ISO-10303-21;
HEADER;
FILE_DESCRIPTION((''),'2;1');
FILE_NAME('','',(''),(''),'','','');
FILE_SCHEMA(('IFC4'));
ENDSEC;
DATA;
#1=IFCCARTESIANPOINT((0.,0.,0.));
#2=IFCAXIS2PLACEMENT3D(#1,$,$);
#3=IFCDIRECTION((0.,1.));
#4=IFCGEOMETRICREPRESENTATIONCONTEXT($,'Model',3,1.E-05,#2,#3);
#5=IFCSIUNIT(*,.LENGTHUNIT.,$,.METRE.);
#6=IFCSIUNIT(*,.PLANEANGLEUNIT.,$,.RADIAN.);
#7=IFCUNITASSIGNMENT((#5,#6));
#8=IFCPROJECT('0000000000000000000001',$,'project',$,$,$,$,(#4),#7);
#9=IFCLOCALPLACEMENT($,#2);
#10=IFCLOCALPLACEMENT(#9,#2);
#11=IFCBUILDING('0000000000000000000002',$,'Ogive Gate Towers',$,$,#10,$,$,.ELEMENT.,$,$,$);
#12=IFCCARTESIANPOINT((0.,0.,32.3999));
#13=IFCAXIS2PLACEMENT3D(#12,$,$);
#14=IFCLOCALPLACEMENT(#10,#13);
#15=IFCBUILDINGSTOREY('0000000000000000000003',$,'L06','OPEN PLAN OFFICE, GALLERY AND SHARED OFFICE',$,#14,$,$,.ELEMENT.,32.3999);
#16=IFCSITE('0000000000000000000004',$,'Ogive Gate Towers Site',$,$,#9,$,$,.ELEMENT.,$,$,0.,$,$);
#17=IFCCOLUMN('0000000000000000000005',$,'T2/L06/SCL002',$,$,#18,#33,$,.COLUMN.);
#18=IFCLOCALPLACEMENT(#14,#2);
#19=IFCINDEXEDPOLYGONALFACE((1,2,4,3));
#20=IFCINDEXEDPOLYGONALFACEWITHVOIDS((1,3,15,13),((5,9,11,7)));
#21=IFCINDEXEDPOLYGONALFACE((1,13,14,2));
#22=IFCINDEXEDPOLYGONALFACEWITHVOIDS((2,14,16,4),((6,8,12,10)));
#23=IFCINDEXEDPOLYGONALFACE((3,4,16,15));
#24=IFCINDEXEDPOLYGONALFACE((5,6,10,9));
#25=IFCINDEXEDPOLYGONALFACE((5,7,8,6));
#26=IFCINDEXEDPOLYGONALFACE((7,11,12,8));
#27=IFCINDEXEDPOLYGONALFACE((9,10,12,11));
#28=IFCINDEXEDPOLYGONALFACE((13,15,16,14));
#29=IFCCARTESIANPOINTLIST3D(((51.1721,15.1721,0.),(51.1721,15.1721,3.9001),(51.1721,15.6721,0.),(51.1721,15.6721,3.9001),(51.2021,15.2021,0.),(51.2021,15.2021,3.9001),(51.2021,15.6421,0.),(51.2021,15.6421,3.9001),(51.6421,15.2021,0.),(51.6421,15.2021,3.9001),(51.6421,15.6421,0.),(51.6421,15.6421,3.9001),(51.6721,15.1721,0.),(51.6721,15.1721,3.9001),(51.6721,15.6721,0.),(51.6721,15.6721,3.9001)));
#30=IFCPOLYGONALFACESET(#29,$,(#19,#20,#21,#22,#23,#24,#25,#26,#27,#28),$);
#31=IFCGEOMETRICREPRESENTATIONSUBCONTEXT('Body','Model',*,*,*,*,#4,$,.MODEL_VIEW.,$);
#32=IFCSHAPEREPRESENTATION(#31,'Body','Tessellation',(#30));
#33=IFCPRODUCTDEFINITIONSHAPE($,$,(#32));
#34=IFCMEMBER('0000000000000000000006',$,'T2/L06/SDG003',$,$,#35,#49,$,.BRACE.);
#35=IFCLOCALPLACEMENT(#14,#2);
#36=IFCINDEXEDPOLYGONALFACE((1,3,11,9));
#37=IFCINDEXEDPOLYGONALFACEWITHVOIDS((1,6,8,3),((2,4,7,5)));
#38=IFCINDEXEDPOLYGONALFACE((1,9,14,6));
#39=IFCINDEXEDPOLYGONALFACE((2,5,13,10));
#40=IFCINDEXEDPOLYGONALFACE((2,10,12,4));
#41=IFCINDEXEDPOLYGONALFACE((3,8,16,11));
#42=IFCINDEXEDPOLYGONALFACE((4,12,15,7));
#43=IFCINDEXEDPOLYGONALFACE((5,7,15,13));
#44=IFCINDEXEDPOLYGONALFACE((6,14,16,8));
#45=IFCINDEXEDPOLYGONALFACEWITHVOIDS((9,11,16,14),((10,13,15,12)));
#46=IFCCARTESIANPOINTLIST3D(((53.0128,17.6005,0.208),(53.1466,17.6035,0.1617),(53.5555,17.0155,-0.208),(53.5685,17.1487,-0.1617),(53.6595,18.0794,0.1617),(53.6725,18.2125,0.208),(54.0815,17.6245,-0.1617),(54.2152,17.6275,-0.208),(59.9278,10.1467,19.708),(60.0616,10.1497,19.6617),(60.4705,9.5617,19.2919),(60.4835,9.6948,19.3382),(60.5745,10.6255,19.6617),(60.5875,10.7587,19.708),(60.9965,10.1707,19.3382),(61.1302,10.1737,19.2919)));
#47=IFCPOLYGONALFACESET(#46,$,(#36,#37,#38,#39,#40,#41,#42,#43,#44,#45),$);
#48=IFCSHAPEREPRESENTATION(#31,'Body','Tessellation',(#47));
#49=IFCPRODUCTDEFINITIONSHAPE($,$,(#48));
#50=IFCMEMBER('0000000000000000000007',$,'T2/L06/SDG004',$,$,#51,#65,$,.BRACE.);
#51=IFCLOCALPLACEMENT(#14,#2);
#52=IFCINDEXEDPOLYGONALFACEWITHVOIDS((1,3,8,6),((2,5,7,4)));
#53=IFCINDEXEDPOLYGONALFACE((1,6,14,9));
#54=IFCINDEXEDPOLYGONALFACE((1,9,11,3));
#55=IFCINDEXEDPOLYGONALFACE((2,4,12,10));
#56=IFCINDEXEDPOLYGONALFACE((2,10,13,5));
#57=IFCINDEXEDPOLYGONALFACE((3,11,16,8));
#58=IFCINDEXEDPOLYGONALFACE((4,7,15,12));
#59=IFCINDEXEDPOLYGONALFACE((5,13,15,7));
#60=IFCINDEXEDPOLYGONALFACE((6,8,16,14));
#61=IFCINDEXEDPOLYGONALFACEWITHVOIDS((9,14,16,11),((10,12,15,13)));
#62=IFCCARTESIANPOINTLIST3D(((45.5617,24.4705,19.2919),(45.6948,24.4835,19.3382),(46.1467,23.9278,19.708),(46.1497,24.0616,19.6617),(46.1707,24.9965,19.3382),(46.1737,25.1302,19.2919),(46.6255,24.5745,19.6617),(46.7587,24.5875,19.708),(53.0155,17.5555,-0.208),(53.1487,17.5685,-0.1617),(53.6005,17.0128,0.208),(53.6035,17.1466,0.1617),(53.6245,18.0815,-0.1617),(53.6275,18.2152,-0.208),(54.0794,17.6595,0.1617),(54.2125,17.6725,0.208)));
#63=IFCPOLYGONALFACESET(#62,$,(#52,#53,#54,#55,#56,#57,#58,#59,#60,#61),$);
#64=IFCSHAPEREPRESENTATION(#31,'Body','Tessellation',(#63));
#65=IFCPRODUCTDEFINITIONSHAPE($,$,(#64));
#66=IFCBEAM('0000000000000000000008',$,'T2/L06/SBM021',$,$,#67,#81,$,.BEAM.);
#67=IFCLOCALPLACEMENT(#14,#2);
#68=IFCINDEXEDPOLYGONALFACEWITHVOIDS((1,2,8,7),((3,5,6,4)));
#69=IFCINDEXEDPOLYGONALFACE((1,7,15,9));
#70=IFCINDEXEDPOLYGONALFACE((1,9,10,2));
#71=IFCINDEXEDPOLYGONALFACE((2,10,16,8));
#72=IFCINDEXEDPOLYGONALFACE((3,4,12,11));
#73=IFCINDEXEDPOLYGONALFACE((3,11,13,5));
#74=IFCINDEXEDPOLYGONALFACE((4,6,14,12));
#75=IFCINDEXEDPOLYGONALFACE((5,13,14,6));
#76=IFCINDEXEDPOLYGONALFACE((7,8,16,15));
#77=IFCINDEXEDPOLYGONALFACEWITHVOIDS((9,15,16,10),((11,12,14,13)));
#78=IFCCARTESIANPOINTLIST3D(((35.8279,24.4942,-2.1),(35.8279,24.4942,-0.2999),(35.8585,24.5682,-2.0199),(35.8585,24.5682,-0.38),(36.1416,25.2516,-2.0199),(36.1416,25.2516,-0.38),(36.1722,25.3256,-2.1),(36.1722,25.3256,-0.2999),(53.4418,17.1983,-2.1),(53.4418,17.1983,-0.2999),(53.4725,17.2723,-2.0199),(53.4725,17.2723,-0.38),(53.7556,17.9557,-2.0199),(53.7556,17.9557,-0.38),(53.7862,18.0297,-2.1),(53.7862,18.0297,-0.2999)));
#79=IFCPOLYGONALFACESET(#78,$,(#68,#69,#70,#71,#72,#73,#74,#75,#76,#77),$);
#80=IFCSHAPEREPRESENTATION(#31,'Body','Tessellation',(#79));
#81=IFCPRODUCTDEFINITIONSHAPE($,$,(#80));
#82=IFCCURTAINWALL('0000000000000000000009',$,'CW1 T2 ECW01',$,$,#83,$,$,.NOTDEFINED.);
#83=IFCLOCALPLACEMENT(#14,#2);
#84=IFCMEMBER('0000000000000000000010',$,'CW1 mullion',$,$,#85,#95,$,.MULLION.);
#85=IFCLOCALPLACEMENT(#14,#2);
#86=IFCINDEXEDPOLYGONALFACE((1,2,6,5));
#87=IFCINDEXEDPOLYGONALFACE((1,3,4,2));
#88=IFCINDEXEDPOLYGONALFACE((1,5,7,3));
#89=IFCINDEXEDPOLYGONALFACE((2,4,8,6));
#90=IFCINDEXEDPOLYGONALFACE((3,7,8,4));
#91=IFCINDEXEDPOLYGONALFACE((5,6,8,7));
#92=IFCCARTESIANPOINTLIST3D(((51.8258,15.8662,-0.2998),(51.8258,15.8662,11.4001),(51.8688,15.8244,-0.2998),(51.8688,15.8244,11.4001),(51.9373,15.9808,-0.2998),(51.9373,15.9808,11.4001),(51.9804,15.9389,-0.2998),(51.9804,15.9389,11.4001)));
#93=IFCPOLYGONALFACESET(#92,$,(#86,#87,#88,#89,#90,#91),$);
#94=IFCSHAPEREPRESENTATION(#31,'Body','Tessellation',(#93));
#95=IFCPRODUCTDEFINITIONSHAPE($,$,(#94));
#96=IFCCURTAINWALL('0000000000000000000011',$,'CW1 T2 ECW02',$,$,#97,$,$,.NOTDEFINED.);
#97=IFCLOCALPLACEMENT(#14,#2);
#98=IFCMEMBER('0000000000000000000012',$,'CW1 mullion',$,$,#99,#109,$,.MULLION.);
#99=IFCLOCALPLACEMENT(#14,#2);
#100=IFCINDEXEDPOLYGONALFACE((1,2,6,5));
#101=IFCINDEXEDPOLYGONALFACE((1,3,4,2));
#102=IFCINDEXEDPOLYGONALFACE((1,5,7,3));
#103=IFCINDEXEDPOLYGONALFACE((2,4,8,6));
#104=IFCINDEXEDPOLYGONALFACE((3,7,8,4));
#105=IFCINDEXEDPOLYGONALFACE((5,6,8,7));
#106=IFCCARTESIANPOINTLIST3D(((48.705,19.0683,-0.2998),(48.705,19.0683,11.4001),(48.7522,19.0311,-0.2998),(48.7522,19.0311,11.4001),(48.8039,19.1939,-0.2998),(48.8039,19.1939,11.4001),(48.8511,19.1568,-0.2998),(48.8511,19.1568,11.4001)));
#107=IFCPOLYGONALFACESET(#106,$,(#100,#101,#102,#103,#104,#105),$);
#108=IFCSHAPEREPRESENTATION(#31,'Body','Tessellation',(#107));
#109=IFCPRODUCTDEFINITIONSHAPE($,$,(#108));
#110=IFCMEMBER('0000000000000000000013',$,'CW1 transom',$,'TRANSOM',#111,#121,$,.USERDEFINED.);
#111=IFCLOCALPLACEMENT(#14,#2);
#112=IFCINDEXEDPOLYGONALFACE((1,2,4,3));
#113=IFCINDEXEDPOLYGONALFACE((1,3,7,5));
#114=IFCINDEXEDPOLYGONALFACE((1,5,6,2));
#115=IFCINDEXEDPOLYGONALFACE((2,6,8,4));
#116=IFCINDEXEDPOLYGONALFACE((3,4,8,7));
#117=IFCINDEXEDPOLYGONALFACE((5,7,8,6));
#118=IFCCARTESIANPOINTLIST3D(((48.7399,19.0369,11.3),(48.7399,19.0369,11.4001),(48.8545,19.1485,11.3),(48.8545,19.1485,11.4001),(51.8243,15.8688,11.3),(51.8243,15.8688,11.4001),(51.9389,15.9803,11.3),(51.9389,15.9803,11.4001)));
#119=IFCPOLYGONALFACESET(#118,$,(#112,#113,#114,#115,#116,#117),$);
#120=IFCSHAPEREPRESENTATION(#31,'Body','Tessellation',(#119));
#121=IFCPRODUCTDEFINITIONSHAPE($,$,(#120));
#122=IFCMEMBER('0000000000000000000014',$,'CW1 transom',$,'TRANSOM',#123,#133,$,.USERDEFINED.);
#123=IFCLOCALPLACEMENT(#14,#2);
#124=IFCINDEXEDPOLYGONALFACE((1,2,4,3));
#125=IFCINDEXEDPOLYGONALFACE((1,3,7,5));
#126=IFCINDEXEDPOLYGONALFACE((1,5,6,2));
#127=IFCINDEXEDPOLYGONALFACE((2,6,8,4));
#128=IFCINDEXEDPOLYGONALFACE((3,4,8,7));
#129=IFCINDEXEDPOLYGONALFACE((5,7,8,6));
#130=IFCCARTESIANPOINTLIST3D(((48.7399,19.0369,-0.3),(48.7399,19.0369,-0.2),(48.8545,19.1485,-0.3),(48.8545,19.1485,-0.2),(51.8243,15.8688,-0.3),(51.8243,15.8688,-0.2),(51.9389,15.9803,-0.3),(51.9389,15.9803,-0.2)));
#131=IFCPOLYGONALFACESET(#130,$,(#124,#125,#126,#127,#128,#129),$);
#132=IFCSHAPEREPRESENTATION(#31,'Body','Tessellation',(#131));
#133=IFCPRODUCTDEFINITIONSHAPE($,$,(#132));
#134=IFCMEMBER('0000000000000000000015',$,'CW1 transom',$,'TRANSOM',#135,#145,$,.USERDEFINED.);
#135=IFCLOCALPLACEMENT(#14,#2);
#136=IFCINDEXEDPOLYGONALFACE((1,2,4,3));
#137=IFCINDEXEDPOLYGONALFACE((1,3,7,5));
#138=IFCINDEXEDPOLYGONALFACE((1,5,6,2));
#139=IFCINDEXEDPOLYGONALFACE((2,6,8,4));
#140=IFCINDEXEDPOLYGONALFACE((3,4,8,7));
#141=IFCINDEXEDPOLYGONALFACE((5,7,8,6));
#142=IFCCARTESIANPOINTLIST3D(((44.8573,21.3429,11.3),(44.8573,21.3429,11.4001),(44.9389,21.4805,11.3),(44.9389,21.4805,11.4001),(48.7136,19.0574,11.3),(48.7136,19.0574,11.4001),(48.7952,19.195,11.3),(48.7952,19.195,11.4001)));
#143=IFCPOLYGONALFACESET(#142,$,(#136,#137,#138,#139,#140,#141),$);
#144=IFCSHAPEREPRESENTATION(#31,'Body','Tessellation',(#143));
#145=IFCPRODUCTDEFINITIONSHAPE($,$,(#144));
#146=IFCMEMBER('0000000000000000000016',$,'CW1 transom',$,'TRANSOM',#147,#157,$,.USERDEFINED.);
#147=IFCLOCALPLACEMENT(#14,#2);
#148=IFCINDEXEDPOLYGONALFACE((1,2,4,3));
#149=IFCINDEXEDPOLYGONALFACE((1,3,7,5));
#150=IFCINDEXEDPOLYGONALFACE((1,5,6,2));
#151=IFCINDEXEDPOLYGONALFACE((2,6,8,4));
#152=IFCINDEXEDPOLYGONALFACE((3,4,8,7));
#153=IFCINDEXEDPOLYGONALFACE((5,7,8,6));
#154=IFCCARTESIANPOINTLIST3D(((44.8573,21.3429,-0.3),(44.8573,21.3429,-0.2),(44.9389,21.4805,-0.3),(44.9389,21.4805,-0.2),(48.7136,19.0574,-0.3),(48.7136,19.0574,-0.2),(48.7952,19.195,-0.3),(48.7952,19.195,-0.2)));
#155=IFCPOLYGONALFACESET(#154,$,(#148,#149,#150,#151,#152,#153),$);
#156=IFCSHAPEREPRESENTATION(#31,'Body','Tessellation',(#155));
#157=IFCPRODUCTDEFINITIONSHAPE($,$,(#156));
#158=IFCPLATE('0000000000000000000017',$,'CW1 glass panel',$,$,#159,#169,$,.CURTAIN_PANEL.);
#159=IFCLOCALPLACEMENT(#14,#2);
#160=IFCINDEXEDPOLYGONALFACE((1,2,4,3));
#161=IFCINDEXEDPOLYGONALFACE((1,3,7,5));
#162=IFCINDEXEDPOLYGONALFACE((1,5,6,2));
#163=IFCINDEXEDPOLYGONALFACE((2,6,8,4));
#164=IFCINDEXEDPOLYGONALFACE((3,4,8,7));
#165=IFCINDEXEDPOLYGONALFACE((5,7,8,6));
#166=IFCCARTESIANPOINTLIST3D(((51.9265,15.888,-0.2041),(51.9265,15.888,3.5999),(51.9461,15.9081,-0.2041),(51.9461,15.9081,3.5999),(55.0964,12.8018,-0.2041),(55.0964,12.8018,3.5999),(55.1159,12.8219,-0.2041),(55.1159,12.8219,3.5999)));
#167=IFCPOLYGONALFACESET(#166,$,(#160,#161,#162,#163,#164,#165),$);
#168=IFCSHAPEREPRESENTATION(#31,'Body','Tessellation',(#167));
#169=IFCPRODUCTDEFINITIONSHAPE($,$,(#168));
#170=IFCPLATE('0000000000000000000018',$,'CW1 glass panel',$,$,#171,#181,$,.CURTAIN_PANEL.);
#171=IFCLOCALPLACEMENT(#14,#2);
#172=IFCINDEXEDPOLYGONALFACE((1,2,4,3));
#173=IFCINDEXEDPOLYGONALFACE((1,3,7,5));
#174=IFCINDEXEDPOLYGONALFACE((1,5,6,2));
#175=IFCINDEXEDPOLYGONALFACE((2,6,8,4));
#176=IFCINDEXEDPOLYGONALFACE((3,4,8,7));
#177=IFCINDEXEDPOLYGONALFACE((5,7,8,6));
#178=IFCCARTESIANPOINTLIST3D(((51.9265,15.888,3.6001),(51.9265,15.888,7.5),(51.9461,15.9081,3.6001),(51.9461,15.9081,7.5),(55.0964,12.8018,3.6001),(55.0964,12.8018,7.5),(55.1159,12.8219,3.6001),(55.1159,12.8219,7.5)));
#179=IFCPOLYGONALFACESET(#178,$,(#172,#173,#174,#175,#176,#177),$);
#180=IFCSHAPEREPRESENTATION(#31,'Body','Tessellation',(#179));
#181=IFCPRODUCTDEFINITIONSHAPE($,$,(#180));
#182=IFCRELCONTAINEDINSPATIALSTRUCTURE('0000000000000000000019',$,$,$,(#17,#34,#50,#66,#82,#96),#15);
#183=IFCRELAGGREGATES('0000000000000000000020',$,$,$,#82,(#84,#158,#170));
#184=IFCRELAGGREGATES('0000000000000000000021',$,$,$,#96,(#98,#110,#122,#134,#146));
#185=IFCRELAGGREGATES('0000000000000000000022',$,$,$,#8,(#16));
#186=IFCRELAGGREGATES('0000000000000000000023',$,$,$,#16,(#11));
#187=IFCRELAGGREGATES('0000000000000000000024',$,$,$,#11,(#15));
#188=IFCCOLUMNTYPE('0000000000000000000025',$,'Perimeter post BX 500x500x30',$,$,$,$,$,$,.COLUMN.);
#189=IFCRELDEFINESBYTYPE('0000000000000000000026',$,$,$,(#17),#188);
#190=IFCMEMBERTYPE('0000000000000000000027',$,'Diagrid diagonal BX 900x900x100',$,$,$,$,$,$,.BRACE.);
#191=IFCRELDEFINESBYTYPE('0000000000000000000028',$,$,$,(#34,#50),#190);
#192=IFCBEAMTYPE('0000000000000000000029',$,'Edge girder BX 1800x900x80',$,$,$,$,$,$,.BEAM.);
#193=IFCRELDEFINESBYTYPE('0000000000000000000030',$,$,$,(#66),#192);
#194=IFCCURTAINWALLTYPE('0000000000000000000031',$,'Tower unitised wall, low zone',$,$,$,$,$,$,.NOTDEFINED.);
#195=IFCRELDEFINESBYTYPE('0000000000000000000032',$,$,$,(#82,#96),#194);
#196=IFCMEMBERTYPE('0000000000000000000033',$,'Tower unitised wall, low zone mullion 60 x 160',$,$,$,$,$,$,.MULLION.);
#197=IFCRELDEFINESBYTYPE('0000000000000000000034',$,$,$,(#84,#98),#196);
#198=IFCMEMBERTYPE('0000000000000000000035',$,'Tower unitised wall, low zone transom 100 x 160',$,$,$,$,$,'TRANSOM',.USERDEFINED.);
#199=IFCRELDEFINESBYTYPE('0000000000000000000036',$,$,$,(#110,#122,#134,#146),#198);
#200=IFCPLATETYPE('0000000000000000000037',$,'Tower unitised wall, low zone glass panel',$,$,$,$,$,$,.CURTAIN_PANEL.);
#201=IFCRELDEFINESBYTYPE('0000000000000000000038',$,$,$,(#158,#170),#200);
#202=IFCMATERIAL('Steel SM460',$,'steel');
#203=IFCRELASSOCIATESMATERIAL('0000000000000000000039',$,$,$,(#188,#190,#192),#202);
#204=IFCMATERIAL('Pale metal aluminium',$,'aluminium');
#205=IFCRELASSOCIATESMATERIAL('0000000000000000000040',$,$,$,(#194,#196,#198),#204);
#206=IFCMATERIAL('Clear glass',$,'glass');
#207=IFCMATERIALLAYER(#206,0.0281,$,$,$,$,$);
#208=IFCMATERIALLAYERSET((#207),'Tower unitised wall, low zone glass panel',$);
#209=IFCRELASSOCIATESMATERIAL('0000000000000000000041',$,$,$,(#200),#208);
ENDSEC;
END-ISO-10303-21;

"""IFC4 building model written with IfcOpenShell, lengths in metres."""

from ifc_helpers import new_model, si_unit, direction, frame, origin, origin_2d, place, context, subcontext, project, spatial, rectangle, hollow_rectangle, extrude, material, layer, layer_set, material_profile, profile_set, type_object, element, aggregate, save


model = new_model("IFC4")

# Units and contexts
model_context = context("Model", 3, precision=1e-05, world=origin(), true_north=direction((0.0, 1.0)))
body_context = subcontext(model_context, "Body", "Model", "MODEL_VIEW")
ifc_project = project(units=[si_unit("LENGTHUNIT", "METRE"), si_unit("PLANEANGLEUNIT", "RADIAN")], contexts=[model_context])

# Site, building, storey
site_placement = place(None, origin())
site = spatial("IfcSite", under=ifc_project, at=site_placement, Name="Ogive Gate Towers Site", CompositionType="ELEMENT", RefElevation=0.0)
building_placement = place(site_placement, origin())
building = spatial("IfcBuilding", under=site, at=building_placement, Name="Ogive Gate Towers", CompositionType="ELEMENT")
storey_placement = place(building_placement, frame((0.0, 0.0, 32.3999)))
storey = spatial("IfcBuildingStorey", under=building, at=storey_placement, Name="L06", Description="OPEN PLAN OFFICE, GALLERY AND SHARED OFFICE", CompositionType="ELEMENT", Elevation=32.3999)

# Column
ifc_material_1 = material(Name="Steel SM460", Category="steel")
ifc_material_profile_1 = material_profile(ifc_material_1, hollow_rectangle(XDim=0.5, YDim=0.5, WallThickness=0.03, at=origin_2d()), Name="BX 500x500x30")
ifc_profile_set_1 = profile_set([ifc_material_profile_1], Name="Steel SM460")
column_type = type_object("IfcColumnType", Name="Perimeter post BX 500x500x30", PredefinedType="COLUMN", material=ifc_profile_set_1)
column_placement = place(storey_placement, frame((51.4221, 15.4221, 0.0), z_axis=(0.0, 0.0, 1.0), x_axis=(1.0, 0.0, 0.0)))
element("IfcColumn", 1, at=column_placement, inside=storey, type_object=column_type, Name="T2/L06/SCL002", PredefinedType="COLUMN", context=body_context, shape_type="SweptSolid", body=[
    extrude(hollow_rectangle(XDim=0.5, YDim=0.5, WallThickness=0.03, at=origin_2d()), origin(), (0.0, 0.0, 1.0), 3.9001),
])

# Members
ifc_material_profile_2 = material_profile(ifc_material_1, hollow_rectangle(XDim=0.8999, YDim=0.8999, WallThickness=0.1001, at=origin_2d()), Name="BX 900x900x100")
ifc_profile_set_2 = profile_set([ifc_material_profile_2], Name="Steel SM460")
member_type_1 = type_object("IfcMemberType", Name="Diagrid diagonal BX 900x900x100", PredefinedType="BRACE", material=ifc_profile_set_2)
for number, where, z_axis, x_axis, name in (
    (2, (53.614, 17.614, 0.0), (0.314441, -0.338942, 0.886705), (0.733107, 0.680113, 0.0), "T2/L06/SDG003"),
    (3, (53.614, 17.614, 0.0), (-0.338942, 0.314441, 0.886705), (-0.680113, -0.733107, 0.0), "T2/L06/SDG004"),
):
    element("IfcMember", number, at=place(storey_placement, frame(where, z_axis=z_axis, x_axis=x_axis)), inside=storey, type_object=member_type_1, Name=name, PredefinedType="BRACE", context=body_context, shape_type="SweptSolid", body=[
        extrude(hollow_rectangle(XDim=0.8999, YDim=0.8999, WallThickness=0.1001, at=origin_2d()), origin(), (0.0, 0.0, 1.0), 21.9915),
    ])

# Beam
ifc_material_profile_3 = material_profile(ifc_material_1, hollow_rectangle(XDim=0.8999, YDim=1.8, WallThickness=0.0801, at=origin_2d()), Name="BX 1800x900x80")
ifc_profile_set_3 = profile_set([ifc_material_profile_3], Name="Steel SM460")
beam_type = type_object("IfcBeamType", Name="Edge girder BX 1800x900x80", PredefinedType="BEAM", material=ifc_profile_set_3)
beam_placement = place(storey_placement, frame((53.614, 17.614, -1.2), z_axis=(-0.923881, 0.382681, 0.0), x_axis=(-0.382681, -0.923881, 0.0)))
element("IfcBeam", 4, at=beam_placement, inside=storey, type_object=beam_type, Name="T2/L06/SBM021", PredefinedType="BEAM", context=body_context, shape_type="SweptSolid", body=[
    extrude(hollow_rectangle(XDim=0.8999, YDim=1.8, WallThickness=0.0801, at=origin_2d()), origin(), (0.0, 0.0, 1.0), 19.0652),
])

# Curtain wall, member
ifc_material_2 = material(Name="Pale metal aluminium", Category="aluminium")
curtain_wall_type = type_object("IfcCurtainWallType", Name="Tower unitised wall, low zone", PredefinedType="NOTDEFINED", material=ifc_material_2)
curtain_wall_1_placement = place(storey_placement, origin())
curtain_wall_1 = element("IfcCurtainWall", 5, at=curtain_wall_1_placement, inside=storey, type_object=curtain_wall_type, Name="CW1 T2 ECW01", PredefinedType="NOTDEFINED")
ifc_material_profile_4 = material_profile(ifc_material_2, rectangle(XDim=0.1599, YDim=0.0601, at=origin_2d()), Name="60 x 160 aluminium box")
ifc_profile_set_4 = profile_set([ifc_material_profile_4], Name="Pale metal aluminium")
member_type_2 = type_object("IfcMemberType", Name="Tower unitised wall, low zone mullion 60 x 160", PredefinedType="MULLION", material=ifc_profile_set_4)
member_1_placement = place(storey_placement, frame((51.9031, 15.9026, -0.2998), z_axis=(0.0, 0.0, 1.0), x_axis=(0.69759, 0.716497, 0.0)))
member_1 = element("IfcMember", 6, at=member_1_placement, type_object=member_type_2, Name="CW1 mullion", PredefinedType="MULLION", context=body_context, shape_type="SweptSolid", body=[
    extrude(rectangle(XDim=0.1599, YDim=0.0601, at=origin_2d()), origin(), (0.0, 0.0, 1.0), 11.7),
])

# Curtain wall, members
curtain_wall_2_placement = place(storey_placement, origin())
curtain_wall_2 = element("IfcCurtainWall", 7, at=curtain_wall_2_placement, inside=storey, type_object=curtain_wall_type, Name="CW1 T2 ECW02", PredefinedType="NOTDEFINED")
member_2_placement = place(storey_placement, frame((48.7781, 19.1125, -0.2998), z_axis=(0.0, 0.0, 1.0), x_axis=(0.618532, 0.78576, 0.0)))
member_2 = element("IfcMember", 8, at=member_2_placement, type_object=member_type_2, Name="CW1 mullion", PredefinedType="MULLION", context=body_context, shape_type="SweptSolid", body=[
    extrude(rectangle(XDim=0.1599, YDim=0.0601, at=origin_2d()), origin(), (0.0, 0.0, 1.0), 11.7),
])
ifc_material_profile_5 = material_profile(ifc_material_2, rectangle(XDim=0.1599, YDim=0.1001, at=origin_2d()), Name="100 x 160 aluminium box")
ifc_profile_set_5 = profile_set([ifc_material_profile_5], Name="Pale metal aluminium")
member_type_3 = type_object("IfcMemberType", Name="Tower unitised wall, low zone transom 100 x 160", ElementType="TRANSOM", PredefinedType="USERDEFINED", material=ifc_profile_set_5)
member_3_placement = place(storey_placement, frame((51.8816, 15.9246, 11.3501), z_axis=(-0.697574, 0.716513, 0.0), x_axis=(-0.716513, -0.697574, 0.0)))
member_3 = element("IfcMember", 9, at=member_3_placement, type_object=member_type_3, Name="CW1 transom", ObjectType="TRANSOM", PredefinedType="USERDEFINED", context=body_context, shape_type="SweptSolid", body=[
    extrude(rectangle(XDim=0.1599, YDim=0.1001, at=origin_2d()), origin(), (0.0, 0.0, 1.0), 4.4216),
])
member_4_placement = place(storey_placement, frame((51.8816, 15.9246, -0.25), z_axis=(-0.697574, 0.716513, 0.0), x_axis=(-0.716513, -0.697574, 0.0)))
member_4 = element("IfcMember", 10, at=member_4_placement, type_object=member_type_3, Name="CW1 transom", ObjectType="TRANSOM", PredefinedType="USERDEFINED", context=body_context, shape_type="SweptSolid", body=[
    extrude(rectangle(XDim=0.1599, YDim=0.1001, at=origin_2d()), origin(), (0.0, 0.0, 1.0), 4.4216),
])
member_5_placement = place(storey_placement, frame((48.7544, 19.1262, 11.3501), z_axis=(-0.860268, 0.509843, 0.0), x_axis=(-0.509843, -0.860268, 0.0)))
member_5 = element("IfcMember", 11, at=member_5_placement, type_object=member_type_3, Name="CW1 transom", ObjectType="TRANSOM", PredefinedType="USERDEFINED", context=body_context, shape_type="SweptSolid", body=[
    extrude(rectangle(XDim=0.1599, YDim=0.1001, at=origin_2d()), origin(), (0.0, 0.0, 1.0), 4.4827),
])
member_6_placement = place(storey_placement, frame((48.7544, 19.1262, -0.25), z_axis=(-0.860268, 0.509843, 0.0), x_axis=(-0.509843, -0.860268, 0.0)))
member_6 = element("IfcMember", 12, at=member_6_placement, type_object=member_type_3, Name="CW1 transom", ObjectType="TRANSOM", PredefinedType="USERDEFINED", context=body_context, shape_type="SweptSolid", body=[
    extrude(rectangle(XDim=0.1599, YDim=0.1001, at=origin_2d()), origin(), (0.0, 0.0, 1.0), 4.4827),
])

# Plates
ifc_material_3 = material(Name="Clear glass", Category="glass")
ifc_layer = layer(ifc_material_3, 0.0281)
ifc_layer_set = layer_set([ifc_layer], Name="Tower unitised wall, low zone glass panel")
plate_type = type_object("IfcPlateType", Name="Tower unitised wall, low zone glass panel", PredefinedType="CURTAIN_PANEL", material=ifc_layer_set)
plate_1_placement = place(storey_placement, frame((53.5212, 14.355, -0.2041), z_axis=(0.0, 0.0, 1.0), x_axis=(-0.716497, 0.69759, 0.0)))
plate_1 = element("IfcPlate", 13, at=plate_1_placement, type_object=plate_type, Name="CW1 glass panel", PredefinedType="CURTAIN_PANEL", context=body_context, shape_type="SweptSolid", body=[
    extrude(rectangle(XDim=4.4241, YDim=0.0281, at=origin_2d()), origin(), (0.0, 0.0, 1.0), 3.804),
])
plate_2_placement = place(storey_placement, frame((53.5212, 14.355, 3.6001), z_axis=(0.0, 0.0, 1.0), x_axis=(-0.716497, 0.69759, 0.0)))
plate_2 = element("IfcPlate", 14, at=plate_2_placement, type_object=plate_type, Name="CW1 glass panel", PredefinedType="CURTAIN_PANEL", context=body_context, shape_type="SweptSolid", body=[
    extrude(rectangle(XDim=4.4241, YDim=0.0281, at=origin_2d()), origin(), (0.0, 0.0, 1.0), 3.8999),
])
aggregate(curtain_wall_1, [member_1, plate_1, plate_2])
aggregate(curtain_wall_2, [member_2, member_3, member_4, member_5, member_6])

save(model, "model.ifc")
